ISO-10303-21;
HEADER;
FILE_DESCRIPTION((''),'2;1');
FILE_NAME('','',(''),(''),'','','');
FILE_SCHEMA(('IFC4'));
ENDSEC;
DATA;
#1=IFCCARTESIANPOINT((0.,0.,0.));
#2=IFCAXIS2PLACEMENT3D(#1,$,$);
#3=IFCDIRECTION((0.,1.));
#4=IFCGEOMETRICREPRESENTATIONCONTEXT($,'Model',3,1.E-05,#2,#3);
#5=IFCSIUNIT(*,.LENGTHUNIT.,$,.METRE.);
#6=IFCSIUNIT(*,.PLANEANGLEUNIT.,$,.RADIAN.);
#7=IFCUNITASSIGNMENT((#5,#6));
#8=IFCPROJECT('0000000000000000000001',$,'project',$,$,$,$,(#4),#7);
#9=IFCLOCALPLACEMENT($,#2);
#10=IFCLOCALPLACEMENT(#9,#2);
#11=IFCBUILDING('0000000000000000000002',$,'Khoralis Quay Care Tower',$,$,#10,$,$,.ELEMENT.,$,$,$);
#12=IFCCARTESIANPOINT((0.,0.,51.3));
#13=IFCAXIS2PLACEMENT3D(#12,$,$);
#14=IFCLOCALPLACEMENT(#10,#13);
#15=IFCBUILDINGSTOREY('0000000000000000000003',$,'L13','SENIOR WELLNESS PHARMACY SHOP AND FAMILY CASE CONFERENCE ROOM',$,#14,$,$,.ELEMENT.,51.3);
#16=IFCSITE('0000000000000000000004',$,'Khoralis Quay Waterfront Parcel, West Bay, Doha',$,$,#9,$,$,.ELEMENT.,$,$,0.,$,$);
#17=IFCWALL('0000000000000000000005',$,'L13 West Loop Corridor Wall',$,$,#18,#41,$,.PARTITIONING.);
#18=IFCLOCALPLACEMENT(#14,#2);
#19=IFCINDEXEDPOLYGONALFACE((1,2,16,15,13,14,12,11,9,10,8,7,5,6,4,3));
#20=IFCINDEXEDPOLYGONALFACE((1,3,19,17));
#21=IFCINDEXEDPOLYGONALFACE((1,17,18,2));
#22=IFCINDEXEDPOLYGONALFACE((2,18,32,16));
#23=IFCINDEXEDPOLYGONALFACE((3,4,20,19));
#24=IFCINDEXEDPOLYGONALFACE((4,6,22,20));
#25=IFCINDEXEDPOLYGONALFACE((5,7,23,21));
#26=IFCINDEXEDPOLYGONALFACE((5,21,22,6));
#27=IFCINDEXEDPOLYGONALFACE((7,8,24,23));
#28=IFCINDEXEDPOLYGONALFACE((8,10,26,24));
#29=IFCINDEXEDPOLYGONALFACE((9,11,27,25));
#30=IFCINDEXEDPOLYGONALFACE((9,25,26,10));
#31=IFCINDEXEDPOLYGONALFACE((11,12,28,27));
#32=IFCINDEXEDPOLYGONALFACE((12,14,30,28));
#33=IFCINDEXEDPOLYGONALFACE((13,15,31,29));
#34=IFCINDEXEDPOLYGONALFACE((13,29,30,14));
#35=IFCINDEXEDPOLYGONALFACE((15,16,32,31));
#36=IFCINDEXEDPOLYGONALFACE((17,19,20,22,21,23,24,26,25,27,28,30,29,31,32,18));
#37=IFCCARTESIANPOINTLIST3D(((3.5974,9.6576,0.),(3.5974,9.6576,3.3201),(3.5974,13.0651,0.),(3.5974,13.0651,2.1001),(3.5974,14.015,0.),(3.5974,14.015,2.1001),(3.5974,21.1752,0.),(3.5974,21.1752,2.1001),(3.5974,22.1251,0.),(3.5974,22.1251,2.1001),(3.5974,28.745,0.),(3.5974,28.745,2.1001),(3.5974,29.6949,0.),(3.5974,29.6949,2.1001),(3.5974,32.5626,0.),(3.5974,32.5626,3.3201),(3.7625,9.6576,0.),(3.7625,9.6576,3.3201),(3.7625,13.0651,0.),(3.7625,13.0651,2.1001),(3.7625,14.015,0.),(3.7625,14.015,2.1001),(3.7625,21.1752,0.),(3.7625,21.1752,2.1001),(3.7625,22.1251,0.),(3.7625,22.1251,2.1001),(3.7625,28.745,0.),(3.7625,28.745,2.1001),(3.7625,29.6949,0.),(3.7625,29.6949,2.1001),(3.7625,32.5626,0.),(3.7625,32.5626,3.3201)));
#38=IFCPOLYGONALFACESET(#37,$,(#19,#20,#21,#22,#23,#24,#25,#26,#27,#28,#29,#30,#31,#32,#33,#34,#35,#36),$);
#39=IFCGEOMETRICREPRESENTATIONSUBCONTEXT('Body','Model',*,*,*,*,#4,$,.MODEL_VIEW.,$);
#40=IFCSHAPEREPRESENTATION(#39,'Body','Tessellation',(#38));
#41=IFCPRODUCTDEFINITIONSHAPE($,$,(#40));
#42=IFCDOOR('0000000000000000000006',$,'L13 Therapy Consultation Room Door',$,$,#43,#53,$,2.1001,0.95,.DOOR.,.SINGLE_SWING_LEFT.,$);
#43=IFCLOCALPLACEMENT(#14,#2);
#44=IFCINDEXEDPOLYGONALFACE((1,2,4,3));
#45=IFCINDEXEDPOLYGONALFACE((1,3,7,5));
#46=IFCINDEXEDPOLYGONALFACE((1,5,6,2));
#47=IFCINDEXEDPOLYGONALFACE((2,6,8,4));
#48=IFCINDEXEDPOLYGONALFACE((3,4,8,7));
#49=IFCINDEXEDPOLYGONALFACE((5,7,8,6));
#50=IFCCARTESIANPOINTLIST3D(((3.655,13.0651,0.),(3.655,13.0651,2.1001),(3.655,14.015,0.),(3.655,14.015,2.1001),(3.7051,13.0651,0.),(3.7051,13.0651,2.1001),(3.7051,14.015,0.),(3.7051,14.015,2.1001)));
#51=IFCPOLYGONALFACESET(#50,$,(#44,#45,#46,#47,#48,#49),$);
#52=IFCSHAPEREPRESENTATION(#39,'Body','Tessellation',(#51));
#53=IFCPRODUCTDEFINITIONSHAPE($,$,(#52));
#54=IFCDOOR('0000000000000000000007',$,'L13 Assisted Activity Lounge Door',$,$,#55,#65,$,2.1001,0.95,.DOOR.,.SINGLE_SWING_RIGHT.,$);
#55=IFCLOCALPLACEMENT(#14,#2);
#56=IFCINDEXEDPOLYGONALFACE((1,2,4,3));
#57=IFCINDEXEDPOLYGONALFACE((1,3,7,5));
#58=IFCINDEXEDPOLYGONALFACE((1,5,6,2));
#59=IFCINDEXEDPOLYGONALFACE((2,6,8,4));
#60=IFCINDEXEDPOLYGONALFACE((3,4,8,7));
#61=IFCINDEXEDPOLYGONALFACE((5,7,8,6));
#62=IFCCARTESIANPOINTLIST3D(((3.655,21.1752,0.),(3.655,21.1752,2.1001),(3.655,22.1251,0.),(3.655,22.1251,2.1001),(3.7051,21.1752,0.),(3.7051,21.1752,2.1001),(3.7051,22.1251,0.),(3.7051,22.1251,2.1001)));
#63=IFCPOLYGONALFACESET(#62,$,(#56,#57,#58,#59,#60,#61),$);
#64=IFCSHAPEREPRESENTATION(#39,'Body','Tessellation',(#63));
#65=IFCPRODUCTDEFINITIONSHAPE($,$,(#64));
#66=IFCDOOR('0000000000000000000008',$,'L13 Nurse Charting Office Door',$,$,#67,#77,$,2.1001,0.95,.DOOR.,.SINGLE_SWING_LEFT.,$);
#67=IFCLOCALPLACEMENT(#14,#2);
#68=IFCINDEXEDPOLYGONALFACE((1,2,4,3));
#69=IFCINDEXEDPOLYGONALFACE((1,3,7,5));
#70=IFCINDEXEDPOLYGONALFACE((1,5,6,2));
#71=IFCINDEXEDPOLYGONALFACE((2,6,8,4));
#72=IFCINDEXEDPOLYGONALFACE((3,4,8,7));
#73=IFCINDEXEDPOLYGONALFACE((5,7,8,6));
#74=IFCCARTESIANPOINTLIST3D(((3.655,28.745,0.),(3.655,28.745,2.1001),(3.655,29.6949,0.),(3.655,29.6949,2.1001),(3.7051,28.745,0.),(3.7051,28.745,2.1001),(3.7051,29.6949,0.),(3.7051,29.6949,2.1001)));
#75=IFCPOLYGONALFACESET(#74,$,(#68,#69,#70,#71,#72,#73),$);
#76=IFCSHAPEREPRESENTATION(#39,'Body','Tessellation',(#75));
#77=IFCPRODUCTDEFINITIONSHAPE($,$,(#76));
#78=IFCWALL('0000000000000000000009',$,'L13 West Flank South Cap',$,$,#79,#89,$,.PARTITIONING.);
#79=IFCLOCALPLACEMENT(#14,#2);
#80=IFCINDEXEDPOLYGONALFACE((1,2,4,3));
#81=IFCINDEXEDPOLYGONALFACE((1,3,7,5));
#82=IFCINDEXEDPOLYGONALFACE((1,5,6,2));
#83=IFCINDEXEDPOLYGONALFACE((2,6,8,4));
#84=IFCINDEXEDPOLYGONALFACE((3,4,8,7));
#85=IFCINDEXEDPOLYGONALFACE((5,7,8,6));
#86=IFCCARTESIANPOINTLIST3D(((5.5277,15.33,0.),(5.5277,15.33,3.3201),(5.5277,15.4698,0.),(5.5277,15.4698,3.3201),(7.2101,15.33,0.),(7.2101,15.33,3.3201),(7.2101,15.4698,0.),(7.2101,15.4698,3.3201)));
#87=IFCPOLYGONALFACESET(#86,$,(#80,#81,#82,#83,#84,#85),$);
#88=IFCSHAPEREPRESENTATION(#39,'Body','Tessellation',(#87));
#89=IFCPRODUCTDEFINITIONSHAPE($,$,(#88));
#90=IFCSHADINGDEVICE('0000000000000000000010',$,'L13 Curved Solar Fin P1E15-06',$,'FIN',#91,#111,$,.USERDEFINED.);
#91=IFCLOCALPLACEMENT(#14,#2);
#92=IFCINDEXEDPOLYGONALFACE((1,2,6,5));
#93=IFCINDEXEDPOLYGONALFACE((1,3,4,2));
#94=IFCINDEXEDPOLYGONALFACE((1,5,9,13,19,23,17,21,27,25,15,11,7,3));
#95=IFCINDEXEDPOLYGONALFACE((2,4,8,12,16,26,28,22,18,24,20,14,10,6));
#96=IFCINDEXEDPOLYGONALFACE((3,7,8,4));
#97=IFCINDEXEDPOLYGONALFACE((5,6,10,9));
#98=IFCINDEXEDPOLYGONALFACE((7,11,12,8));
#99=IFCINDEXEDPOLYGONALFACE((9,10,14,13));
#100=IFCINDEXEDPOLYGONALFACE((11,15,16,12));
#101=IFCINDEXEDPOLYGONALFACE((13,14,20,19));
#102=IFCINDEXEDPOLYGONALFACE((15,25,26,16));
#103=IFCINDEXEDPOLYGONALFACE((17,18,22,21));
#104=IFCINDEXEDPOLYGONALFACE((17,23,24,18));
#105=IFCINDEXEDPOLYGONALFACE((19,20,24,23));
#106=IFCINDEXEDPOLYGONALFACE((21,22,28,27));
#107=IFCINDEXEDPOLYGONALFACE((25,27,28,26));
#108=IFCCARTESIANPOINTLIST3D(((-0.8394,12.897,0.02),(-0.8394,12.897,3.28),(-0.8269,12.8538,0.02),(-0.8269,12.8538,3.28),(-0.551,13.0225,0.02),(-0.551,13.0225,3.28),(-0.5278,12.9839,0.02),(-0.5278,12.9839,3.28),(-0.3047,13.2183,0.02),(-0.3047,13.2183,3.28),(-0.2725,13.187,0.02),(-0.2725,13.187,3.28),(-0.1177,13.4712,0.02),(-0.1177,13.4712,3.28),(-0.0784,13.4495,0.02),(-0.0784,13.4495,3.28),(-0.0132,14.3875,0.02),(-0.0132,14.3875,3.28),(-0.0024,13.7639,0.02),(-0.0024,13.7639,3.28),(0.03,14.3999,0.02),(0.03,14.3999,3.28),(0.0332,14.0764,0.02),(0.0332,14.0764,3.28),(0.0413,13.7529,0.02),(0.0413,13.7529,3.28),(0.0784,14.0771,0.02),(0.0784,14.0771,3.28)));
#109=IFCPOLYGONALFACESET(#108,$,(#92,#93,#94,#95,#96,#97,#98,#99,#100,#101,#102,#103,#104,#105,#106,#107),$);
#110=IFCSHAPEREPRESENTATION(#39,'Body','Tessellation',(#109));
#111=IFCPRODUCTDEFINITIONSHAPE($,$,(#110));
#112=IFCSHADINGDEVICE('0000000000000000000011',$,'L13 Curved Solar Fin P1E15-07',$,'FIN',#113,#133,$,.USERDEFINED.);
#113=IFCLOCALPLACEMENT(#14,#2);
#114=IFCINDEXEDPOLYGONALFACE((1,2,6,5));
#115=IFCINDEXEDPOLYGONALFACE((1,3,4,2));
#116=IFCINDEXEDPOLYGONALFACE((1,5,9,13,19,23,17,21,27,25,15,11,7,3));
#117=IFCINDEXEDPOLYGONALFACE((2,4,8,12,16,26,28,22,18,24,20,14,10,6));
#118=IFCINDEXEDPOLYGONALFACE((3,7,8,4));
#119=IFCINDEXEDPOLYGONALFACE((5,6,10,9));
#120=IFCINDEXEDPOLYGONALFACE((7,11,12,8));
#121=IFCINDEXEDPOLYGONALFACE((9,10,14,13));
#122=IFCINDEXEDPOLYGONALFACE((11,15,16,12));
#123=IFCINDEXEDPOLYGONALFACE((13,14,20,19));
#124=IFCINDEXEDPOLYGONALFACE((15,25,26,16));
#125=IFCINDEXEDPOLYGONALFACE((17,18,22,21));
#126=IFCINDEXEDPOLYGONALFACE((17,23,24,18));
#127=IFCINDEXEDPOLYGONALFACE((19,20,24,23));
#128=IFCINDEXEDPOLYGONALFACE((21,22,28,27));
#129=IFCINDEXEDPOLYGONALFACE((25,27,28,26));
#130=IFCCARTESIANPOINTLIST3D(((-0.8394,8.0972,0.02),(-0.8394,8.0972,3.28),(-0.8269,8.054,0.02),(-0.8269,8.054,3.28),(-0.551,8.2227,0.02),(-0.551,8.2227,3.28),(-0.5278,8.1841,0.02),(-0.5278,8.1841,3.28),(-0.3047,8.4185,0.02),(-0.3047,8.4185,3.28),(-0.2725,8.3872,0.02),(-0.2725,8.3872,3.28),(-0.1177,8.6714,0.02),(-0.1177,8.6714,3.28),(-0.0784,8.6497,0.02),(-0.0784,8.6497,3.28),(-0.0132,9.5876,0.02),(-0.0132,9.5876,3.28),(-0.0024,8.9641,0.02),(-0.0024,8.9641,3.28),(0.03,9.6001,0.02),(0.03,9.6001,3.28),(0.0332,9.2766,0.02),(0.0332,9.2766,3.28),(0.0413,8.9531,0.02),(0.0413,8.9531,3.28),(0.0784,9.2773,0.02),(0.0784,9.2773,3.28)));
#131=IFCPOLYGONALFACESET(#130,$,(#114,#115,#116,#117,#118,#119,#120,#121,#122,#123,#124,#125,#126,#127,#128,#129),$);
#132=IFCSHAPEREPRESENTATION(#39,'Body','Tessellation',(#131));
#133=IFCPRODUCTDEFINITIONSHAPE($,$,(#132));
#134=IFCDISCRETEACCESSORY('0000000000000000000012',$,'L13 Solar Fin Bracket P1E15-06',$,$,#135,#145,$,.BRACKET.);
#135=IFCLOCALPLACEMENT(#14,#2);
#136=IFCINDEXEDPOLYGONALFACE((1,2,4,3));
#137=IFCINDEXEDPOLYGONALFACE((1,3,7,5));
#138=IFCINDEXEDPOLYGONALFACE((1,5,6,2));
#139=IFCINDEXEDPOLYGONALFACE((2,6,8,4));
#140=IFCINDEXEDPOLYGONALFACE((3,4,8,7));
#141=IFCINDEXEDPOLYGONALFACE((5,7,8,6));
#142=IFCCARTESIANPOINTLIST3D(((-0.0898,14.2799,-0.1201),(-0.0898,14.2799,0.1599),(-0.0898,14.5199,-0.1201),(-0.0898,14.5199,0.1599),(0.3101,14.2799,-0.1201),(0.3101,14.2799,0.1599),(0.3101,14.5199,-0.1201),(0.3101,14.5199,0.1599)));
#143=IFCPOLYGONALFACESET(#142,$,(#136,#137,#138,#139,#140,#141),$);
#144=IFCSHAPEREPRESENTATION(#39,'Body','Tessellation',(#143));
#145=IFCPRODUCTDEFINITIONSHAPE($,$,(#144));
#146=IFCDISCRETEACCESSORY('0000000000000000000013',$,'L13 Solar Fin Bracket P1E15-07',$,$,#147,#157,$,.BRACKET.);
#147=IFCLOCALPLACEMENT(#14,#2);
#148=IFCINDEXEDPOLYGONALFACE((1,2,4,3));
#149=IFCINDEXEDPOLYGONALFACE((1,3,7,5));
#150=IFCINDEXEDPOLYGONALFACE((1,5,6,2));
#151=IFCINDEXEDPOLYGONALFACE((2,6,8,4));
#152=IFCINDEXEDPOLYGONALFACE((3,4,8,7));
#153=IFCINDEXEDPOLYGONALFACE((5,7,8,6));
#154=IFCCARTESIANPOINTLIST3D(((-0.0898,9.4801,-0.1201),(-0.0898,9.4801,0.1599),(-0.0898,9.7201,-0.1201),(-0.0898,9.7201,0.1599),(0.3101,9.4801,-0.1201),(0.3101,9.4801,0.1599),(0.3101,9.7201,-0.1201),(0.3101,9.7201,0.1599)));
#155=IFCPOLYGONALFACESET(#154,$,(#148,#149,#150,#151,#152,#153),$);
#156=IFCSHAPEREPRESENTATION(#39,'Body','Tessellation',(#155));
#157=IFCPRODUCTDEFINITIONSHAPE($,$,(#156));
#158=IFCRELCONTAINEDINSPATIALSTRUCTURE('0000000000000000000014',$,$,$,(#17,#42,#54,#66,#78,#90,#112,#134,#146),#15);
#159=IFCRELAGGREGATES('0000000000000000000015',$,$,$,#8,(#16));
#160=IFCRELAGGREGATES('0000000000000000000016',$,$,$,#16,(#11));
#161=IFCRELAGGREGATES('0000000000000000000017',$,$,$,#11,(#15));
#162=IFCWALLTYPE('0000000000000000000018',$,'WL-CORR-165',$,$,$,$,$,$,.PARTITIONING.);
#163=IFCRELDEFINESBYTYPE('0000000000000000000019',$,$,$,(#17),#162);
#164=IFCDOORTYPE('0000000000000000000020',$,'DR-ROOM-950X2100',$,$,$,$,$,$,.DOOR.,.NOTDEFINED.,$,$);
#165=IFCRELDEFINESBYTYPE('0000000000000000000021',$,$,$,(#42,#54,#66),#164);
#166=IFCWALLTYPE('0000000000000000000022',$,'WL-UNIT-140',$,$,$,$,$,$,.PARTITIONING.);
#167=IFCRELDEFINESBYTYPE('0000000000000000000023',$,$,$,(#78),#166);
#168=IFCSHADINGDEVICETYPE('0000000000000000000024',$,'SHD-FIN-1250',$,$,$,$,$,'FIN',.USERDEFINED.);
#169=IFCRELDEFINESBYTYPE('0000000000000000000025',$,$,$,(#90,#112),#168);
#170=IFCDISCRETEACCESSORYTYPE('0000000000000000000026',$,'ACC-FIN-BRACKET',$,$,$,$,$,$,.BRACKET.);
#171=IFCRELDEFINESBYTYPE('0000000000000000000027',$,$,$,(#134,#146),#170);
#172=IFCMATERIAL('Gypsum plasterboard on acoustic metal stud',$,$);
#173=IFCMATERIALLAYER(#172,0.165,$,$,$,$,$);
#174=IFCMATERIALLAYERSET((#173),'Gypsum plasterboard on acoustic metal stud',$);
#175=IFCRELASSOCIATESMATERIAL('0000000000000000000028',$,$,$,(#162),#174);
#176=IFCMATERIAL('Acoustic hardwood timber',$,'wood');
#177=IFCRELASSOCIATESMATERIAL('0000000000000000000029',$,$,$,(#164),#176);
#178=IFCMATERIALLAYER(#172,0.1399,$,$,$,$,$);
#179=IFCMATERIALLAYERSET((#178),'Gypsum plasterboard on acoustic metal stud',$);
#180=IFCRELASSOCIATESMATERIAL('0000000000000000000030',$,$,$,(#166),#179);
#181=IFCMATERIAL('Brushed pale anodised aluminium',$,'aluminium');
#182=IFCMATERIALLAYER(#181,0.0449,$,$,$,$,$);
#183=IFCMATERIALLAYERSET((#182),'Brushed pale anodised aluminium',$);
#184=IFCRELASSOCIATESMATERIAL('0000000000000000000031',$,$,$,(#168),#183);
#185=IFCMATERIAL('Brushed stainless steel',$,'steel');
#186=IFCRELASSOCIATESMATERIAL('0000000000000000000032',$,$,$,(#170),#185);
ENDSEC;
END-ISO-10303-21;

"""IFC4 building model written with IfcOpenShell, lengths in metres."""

from ifc_helpers import new_model, si_unit, direction, frame, frame_2d, origin, origin_2d, place, context, subcontext, project, spatial, polyline, rectangle, outline, extrude, source, transform, mapped, material, layer, layer_set, type_object, element, fill, save


model = new_model("IFC4")

# Units and contexts
model_context = context("Model", 3, precision=1e-05, world=origin(), true_north=direction((0.0, 1.0)))
body_context = subcontext(model_context, "Body", "Model", "MODEL_VIEW")
ifc_project = project(units=[si_unit("LENGTHUNIT", "METRE"), si_unit("PLANEANGLEUNIT", "RADIAN")], contexts=[model_context])

# Site, building, storey
site_placement = place(None, origin())
site = spatial("IfcSite", under=ifc_project, at=site_placement, Name="Khoralis Quay Waterfront Parcel, West Bay, Doha", CompositionType="ELEMENT", RefElevation=0.0)
building_placement = place(site_placement, origin())
building = spatial("IfcBuilding", under=site, at=building_placement, Name="Khoralis Quay Care Tower", CompositionType="ELEMENT")
storey_placement = place(building_placement, frame((0.0, 0.0, 51.3)))
storey = spatial("IfcBuildingStorey", under=building, at=storey_placement, Name="L13", Description="SENIOR WELLNESS PHARMACY SHOP AND FAMILY CASE CONFERENCE ROOM", CompositionType="ELEMENT", Elevation=51.3)

# Wall, openings, doors
ifc_material_1 = material(Name="Gypsum plasterboard on acoustic metal stud")
ifc_layer_1 = layer(ifc_material_1, 0.165)
ifc_layer_set_1 = layer_set([ifc_layer_1], Name="Gypsum plasterboard on acoustic metal stud")
wall_type_1 = type_object("IfcWallType", Name="WL-CORR-165", PredefinedType="PARTITIONING", material=ifc_layer_set_1)
ifc_material_2 = material(Name="Acoustic hardwood timber", Category="wood")
door_type_1 = type_object("IfcDoorType", Name="DR-ROOM-950X2100", OperationType="NOTDEFINED", PredefinedType="DOOR", material=ifc_material_2)
shared_shape_1 = source(origin(), body_context, "Body", "SweptSolid", [
    extrude(rectangle(XDim=0.95, YDim=2.1001, at=frame_2d((0.4751, 1.05))), frame((0.0, 0.0249, 0.0), z_axis=(0.0, -1.0, 0.0), x_axis=(1.0, 0.0, 0.0)), (0.0, 0.0, 1.0), 0.05),
])
wall_1_placement = place(storey_placement, frame((3.6799, 9.6575, 0.0), z_axis=(0.0, 0.0, 1.0), x_axis=(0.0, 1.0, 0.0)))
wall_1 = element("IfcWall", 1, at=wall_1_placement, inside=storey, type_object=wall_type_1, Name="L13 West Loop Corridor Wall", PredefinedType="PARTITIONING", context=body_context, shape_type="SweptSolid", body=[
    extrude(rectangle(XDim=22.905, YDim=0.165, at=frame_2d((11.4526, 0.0))), origin(), (0.0, 0.0, 1.0), 3.3201),
])
opening_1_placement = place(wall_1_placement, frame((3.4075, 0.0, 0.0)))
opening_1 = element("IfcOpeningElement", 2, at=opening_1_placement, cuts=wall_1, PredefinedType="OPENING", context=body_context, shape_type="SweptSolid", body=[
    extrude(rectangle(XDim=0.95, YDim=2.1001, at=frame_2d((0.4751, 1.05))), frame((0.0, 0.0925, 0.0), z_axis=(0.0, -1.0, 0.0), x_axis=(1.0, 0.0, 0.0)), (0.0, 0.0, 1.0), 0.1851),
])
opening_2_placement = place(wall_1_placement, frame((11.5176, 0.0, 0.0)))
opening_2 = element("IfcOpeningElement", 3, at=opening_2_placement, cuts=wall_1, PredefinedType="OPENING", context=body_context, shape_type="SweptSolid", body=[
    extrude(rectangle(XDim=0.95, YDim=2.1001, at=frame_2d((0.4751, 1.05))), frame((0.0, 0.0925, 0.0), z_axis=(0.0, -1.0, 0.0), x_axis=(1.0, 0.0, 0.0)), (0.0, 0.0, 1.0), 0.1851),
])
opening_3_placement = place(wall_1_placement, frame((19.0874, 0.0, 0.0)))
opening_3 = element("IfcOpeningElement", 4, at=opening_3_placement, cuts=wall_1, PredefinedType="OPENING", context=body_context, shape_type="SweptSolid", body=[
    extrude(rectangle(XDim=0.95, YDim=2.1001, at=frame_2d((0.4751, 1.05))), frame((0.0, 0.0925, 0.0), z_axis=(0.0, -1.0, 0.0), x_axis=(1.0, 0.0, 0.0)), (0.0, 0.0, 1.0), 0.1851),
])
door_1_placement = place(opening_1_placement, origin())
door_1 = element("IfcDoor", 5, at=door_1_placement, inside=storey, type_object=door_type_1, Name="L13 Therapy Consultation Room Door", OperationType="SINGLE_SWING_LEFT", OverallHeight=2.1001, OverallWidth=0.95, PredefinedType="DOOR", context=body_context, shape_type="MappedRepresentation", body=[
    mapped(shared_shape_1, transform((0.0, 0.0, 0.0), scale=1.0)),
])
fill(opening_1, door_1)
door_2_placement = place(opening_2_placement, origin())
door_2 = element("IfcDoor", 6, at=door_2_placement, inside=storey, type_object=door_type_1, Name="L13 Assisted Activity Lounge Door", OperationType="SINGLE_SWING_RIGHT", OverallHeight=2.1001, OverallWidth=0.95, PredefinedType="DOOR", context=body_context, shape_type="MappedRepresentation", body=[
    mapped(shared_shape_1, transform((0.0, 0.0, 0.0), scale=1.0)),
])
fill(opening_2, door_2)
door_3_placement = place(opening_3_placement, origin())
door_3 = element("IfcDoor", 7, at=door_3_placement, inside=storey, type_object=door_type_1, Name="L13 Nurse Charting Office Door", OperationType="SINGLE_SWING_LEFT", OverallHeight=2.1001, OverallWidth=0.95, PredefinedType="DOOR", context=body_context, shape_type="MappedRepresentation", body=[
    mapped(shared_shape_1, transform((0.0, 0.0, 0.0), scale=1.0)),
])
fill(opening_3, door_3)

# Wall
ifc_layer_2 = layer(ifc_material_1, 0.1399)
ifc_layer_set_2 = layer_set([ifc_layer_2], Name="Gypsum plasterboard on acoustic metal stud")
wall_type_2 = type_object("IfcWallType", Name="WL-UNIT-140", PredefinedType="PARTITIONING", material=ifc_layer_set_2)
wall_2_placement = place(storey_placement, frame((5.5276, 15.3999, 0.0), z_axis=(0.0, 0.0, 1.0), x_axis=(1.0, 0.0, 0.0)))
element("IfcWall", 8, at=wall_2_placement, inside=storey, type_object=wall_type_2, Name="L13 West Flank South Cap", PredefinedType="PARTITIONING", context=body_context, shape_type="SweptSolid", body=[
    extrude(rectangle(XDim=1.6824, YDim=0.1399, at=frame_2d((0.8413, 0.0))), origin(), (0.0, 0.0, 1.0), 3.3201),
])

# Shading devices
ifc_material_3 = material(Name="Brushed pale anodised aluminium", Category="aluminium")
ifc_layer_3 = layer(ifc_material_3, 0.0449)
ifc_layer_set_3 = layer_set([ifc_layer_3], Name="Brushed pale anodised aluminium")
shading_device_type = type_object("IfcShadingDeviceType", Name="SHD-FIN-1250", ElementType="FIN", PredefinedType="USERDEFINED", material=ifc_layer_set_3)
shared_shape_2 = source(origin(), body_context, "Body", "SweptSolid", [
    extrude(outline(polyline([(0.0, 0.0), (-0.0483, 0.3228), (-0.0112, 0.647), (0.1084, 0.9504), (0.3025, 1.2129), (0.5579, 1.416), (0.8569, 1.5461), (0.8694, 1.5029), (0.5811, 1.3774), (0.3347, 1.1816), (0.1477, 0.9287), (0.0325, 0.636), (-0.0032, 0.3235), (0.0432, 0.0125), (0.0, 0.0)])), origin(), (0.0, 0.0, 1.0), 3.26),
])
for number, where, z_axis, x_axis, name in (
    (9, (0.03, 14.3999, 0.02), (0.0, 0.0, 1.0), (-1.0, 0.0, 0.0), "L13 Curved Solar Fin P1E15-06"),
    (10, (0.03, 9.6001, 0.02), (0.0, 0.0, 1.0), (-1.0, 0.0, 0.0), "L13 Curved Solar Fin P1E15-07"),
):
    element("IfcShadingDevice", number, at=place(storey_placement, frame(where, z_axis=z_axis, x_axis=x_axis)), inside=storey, type_object=shading_device_type, Name=name, ObjectType="FIN", PredefinedType="USERDEFINED", context=body_context, shape_type="MappedRepresentation", body=[
        mapped(shared_shape_2, transform((0.0, 0.0, 0.0), scale=1.0)),
    ])

# Discrete accessories
ifc_material_4 = material(Name="Brushed stainless steel", Category="steel")
discrete_accessory_type = type_object("IfcDiscreteAccessoryType", Name="ACC-FIN-BRACKET", PredefinedType="BRACKET", material=ifc_material_4)
shared_shape_3 = source(origin(), body_context, "Body", "SweptSolid", [
    extrude(rectangle(XDim=0.3999, YDim=0.24, at=origin_2d()), origin(), (0.0, 0.0, 1.0), 0.28),
])
for number, where, z_axis, x_axis, name in (
    (11, (0.1101, 14.3999, -0.1201), (0.0, 0.0, 1.0), (-1.0, 0.0, 0.0), "L13 Solar Fin Bracket P1E15-06"),
    (12, (0.1101, 9.6001, -0.1201), (0.0, 0.0, 1.0), (-1.0, 0.0, 0.0), "L13 Solar Fin Bracket P1E15-07"),
):
    element("IfcDiscreteAccessory", number, at=place(storey_placement, frame(where, z_axis=z_axis, x_axis=x_axis)), inside=storey, type_object=discrete_accessory_type, Name=name, PredefinedType="BRACKET", context=body_context, shape_type="MappedRepresentation", body=[
        mapped(shared_shape_3, transform((0.0, 0.0, 0.0), scale=1.0)),
    ])

save(model, "model.ifc")
